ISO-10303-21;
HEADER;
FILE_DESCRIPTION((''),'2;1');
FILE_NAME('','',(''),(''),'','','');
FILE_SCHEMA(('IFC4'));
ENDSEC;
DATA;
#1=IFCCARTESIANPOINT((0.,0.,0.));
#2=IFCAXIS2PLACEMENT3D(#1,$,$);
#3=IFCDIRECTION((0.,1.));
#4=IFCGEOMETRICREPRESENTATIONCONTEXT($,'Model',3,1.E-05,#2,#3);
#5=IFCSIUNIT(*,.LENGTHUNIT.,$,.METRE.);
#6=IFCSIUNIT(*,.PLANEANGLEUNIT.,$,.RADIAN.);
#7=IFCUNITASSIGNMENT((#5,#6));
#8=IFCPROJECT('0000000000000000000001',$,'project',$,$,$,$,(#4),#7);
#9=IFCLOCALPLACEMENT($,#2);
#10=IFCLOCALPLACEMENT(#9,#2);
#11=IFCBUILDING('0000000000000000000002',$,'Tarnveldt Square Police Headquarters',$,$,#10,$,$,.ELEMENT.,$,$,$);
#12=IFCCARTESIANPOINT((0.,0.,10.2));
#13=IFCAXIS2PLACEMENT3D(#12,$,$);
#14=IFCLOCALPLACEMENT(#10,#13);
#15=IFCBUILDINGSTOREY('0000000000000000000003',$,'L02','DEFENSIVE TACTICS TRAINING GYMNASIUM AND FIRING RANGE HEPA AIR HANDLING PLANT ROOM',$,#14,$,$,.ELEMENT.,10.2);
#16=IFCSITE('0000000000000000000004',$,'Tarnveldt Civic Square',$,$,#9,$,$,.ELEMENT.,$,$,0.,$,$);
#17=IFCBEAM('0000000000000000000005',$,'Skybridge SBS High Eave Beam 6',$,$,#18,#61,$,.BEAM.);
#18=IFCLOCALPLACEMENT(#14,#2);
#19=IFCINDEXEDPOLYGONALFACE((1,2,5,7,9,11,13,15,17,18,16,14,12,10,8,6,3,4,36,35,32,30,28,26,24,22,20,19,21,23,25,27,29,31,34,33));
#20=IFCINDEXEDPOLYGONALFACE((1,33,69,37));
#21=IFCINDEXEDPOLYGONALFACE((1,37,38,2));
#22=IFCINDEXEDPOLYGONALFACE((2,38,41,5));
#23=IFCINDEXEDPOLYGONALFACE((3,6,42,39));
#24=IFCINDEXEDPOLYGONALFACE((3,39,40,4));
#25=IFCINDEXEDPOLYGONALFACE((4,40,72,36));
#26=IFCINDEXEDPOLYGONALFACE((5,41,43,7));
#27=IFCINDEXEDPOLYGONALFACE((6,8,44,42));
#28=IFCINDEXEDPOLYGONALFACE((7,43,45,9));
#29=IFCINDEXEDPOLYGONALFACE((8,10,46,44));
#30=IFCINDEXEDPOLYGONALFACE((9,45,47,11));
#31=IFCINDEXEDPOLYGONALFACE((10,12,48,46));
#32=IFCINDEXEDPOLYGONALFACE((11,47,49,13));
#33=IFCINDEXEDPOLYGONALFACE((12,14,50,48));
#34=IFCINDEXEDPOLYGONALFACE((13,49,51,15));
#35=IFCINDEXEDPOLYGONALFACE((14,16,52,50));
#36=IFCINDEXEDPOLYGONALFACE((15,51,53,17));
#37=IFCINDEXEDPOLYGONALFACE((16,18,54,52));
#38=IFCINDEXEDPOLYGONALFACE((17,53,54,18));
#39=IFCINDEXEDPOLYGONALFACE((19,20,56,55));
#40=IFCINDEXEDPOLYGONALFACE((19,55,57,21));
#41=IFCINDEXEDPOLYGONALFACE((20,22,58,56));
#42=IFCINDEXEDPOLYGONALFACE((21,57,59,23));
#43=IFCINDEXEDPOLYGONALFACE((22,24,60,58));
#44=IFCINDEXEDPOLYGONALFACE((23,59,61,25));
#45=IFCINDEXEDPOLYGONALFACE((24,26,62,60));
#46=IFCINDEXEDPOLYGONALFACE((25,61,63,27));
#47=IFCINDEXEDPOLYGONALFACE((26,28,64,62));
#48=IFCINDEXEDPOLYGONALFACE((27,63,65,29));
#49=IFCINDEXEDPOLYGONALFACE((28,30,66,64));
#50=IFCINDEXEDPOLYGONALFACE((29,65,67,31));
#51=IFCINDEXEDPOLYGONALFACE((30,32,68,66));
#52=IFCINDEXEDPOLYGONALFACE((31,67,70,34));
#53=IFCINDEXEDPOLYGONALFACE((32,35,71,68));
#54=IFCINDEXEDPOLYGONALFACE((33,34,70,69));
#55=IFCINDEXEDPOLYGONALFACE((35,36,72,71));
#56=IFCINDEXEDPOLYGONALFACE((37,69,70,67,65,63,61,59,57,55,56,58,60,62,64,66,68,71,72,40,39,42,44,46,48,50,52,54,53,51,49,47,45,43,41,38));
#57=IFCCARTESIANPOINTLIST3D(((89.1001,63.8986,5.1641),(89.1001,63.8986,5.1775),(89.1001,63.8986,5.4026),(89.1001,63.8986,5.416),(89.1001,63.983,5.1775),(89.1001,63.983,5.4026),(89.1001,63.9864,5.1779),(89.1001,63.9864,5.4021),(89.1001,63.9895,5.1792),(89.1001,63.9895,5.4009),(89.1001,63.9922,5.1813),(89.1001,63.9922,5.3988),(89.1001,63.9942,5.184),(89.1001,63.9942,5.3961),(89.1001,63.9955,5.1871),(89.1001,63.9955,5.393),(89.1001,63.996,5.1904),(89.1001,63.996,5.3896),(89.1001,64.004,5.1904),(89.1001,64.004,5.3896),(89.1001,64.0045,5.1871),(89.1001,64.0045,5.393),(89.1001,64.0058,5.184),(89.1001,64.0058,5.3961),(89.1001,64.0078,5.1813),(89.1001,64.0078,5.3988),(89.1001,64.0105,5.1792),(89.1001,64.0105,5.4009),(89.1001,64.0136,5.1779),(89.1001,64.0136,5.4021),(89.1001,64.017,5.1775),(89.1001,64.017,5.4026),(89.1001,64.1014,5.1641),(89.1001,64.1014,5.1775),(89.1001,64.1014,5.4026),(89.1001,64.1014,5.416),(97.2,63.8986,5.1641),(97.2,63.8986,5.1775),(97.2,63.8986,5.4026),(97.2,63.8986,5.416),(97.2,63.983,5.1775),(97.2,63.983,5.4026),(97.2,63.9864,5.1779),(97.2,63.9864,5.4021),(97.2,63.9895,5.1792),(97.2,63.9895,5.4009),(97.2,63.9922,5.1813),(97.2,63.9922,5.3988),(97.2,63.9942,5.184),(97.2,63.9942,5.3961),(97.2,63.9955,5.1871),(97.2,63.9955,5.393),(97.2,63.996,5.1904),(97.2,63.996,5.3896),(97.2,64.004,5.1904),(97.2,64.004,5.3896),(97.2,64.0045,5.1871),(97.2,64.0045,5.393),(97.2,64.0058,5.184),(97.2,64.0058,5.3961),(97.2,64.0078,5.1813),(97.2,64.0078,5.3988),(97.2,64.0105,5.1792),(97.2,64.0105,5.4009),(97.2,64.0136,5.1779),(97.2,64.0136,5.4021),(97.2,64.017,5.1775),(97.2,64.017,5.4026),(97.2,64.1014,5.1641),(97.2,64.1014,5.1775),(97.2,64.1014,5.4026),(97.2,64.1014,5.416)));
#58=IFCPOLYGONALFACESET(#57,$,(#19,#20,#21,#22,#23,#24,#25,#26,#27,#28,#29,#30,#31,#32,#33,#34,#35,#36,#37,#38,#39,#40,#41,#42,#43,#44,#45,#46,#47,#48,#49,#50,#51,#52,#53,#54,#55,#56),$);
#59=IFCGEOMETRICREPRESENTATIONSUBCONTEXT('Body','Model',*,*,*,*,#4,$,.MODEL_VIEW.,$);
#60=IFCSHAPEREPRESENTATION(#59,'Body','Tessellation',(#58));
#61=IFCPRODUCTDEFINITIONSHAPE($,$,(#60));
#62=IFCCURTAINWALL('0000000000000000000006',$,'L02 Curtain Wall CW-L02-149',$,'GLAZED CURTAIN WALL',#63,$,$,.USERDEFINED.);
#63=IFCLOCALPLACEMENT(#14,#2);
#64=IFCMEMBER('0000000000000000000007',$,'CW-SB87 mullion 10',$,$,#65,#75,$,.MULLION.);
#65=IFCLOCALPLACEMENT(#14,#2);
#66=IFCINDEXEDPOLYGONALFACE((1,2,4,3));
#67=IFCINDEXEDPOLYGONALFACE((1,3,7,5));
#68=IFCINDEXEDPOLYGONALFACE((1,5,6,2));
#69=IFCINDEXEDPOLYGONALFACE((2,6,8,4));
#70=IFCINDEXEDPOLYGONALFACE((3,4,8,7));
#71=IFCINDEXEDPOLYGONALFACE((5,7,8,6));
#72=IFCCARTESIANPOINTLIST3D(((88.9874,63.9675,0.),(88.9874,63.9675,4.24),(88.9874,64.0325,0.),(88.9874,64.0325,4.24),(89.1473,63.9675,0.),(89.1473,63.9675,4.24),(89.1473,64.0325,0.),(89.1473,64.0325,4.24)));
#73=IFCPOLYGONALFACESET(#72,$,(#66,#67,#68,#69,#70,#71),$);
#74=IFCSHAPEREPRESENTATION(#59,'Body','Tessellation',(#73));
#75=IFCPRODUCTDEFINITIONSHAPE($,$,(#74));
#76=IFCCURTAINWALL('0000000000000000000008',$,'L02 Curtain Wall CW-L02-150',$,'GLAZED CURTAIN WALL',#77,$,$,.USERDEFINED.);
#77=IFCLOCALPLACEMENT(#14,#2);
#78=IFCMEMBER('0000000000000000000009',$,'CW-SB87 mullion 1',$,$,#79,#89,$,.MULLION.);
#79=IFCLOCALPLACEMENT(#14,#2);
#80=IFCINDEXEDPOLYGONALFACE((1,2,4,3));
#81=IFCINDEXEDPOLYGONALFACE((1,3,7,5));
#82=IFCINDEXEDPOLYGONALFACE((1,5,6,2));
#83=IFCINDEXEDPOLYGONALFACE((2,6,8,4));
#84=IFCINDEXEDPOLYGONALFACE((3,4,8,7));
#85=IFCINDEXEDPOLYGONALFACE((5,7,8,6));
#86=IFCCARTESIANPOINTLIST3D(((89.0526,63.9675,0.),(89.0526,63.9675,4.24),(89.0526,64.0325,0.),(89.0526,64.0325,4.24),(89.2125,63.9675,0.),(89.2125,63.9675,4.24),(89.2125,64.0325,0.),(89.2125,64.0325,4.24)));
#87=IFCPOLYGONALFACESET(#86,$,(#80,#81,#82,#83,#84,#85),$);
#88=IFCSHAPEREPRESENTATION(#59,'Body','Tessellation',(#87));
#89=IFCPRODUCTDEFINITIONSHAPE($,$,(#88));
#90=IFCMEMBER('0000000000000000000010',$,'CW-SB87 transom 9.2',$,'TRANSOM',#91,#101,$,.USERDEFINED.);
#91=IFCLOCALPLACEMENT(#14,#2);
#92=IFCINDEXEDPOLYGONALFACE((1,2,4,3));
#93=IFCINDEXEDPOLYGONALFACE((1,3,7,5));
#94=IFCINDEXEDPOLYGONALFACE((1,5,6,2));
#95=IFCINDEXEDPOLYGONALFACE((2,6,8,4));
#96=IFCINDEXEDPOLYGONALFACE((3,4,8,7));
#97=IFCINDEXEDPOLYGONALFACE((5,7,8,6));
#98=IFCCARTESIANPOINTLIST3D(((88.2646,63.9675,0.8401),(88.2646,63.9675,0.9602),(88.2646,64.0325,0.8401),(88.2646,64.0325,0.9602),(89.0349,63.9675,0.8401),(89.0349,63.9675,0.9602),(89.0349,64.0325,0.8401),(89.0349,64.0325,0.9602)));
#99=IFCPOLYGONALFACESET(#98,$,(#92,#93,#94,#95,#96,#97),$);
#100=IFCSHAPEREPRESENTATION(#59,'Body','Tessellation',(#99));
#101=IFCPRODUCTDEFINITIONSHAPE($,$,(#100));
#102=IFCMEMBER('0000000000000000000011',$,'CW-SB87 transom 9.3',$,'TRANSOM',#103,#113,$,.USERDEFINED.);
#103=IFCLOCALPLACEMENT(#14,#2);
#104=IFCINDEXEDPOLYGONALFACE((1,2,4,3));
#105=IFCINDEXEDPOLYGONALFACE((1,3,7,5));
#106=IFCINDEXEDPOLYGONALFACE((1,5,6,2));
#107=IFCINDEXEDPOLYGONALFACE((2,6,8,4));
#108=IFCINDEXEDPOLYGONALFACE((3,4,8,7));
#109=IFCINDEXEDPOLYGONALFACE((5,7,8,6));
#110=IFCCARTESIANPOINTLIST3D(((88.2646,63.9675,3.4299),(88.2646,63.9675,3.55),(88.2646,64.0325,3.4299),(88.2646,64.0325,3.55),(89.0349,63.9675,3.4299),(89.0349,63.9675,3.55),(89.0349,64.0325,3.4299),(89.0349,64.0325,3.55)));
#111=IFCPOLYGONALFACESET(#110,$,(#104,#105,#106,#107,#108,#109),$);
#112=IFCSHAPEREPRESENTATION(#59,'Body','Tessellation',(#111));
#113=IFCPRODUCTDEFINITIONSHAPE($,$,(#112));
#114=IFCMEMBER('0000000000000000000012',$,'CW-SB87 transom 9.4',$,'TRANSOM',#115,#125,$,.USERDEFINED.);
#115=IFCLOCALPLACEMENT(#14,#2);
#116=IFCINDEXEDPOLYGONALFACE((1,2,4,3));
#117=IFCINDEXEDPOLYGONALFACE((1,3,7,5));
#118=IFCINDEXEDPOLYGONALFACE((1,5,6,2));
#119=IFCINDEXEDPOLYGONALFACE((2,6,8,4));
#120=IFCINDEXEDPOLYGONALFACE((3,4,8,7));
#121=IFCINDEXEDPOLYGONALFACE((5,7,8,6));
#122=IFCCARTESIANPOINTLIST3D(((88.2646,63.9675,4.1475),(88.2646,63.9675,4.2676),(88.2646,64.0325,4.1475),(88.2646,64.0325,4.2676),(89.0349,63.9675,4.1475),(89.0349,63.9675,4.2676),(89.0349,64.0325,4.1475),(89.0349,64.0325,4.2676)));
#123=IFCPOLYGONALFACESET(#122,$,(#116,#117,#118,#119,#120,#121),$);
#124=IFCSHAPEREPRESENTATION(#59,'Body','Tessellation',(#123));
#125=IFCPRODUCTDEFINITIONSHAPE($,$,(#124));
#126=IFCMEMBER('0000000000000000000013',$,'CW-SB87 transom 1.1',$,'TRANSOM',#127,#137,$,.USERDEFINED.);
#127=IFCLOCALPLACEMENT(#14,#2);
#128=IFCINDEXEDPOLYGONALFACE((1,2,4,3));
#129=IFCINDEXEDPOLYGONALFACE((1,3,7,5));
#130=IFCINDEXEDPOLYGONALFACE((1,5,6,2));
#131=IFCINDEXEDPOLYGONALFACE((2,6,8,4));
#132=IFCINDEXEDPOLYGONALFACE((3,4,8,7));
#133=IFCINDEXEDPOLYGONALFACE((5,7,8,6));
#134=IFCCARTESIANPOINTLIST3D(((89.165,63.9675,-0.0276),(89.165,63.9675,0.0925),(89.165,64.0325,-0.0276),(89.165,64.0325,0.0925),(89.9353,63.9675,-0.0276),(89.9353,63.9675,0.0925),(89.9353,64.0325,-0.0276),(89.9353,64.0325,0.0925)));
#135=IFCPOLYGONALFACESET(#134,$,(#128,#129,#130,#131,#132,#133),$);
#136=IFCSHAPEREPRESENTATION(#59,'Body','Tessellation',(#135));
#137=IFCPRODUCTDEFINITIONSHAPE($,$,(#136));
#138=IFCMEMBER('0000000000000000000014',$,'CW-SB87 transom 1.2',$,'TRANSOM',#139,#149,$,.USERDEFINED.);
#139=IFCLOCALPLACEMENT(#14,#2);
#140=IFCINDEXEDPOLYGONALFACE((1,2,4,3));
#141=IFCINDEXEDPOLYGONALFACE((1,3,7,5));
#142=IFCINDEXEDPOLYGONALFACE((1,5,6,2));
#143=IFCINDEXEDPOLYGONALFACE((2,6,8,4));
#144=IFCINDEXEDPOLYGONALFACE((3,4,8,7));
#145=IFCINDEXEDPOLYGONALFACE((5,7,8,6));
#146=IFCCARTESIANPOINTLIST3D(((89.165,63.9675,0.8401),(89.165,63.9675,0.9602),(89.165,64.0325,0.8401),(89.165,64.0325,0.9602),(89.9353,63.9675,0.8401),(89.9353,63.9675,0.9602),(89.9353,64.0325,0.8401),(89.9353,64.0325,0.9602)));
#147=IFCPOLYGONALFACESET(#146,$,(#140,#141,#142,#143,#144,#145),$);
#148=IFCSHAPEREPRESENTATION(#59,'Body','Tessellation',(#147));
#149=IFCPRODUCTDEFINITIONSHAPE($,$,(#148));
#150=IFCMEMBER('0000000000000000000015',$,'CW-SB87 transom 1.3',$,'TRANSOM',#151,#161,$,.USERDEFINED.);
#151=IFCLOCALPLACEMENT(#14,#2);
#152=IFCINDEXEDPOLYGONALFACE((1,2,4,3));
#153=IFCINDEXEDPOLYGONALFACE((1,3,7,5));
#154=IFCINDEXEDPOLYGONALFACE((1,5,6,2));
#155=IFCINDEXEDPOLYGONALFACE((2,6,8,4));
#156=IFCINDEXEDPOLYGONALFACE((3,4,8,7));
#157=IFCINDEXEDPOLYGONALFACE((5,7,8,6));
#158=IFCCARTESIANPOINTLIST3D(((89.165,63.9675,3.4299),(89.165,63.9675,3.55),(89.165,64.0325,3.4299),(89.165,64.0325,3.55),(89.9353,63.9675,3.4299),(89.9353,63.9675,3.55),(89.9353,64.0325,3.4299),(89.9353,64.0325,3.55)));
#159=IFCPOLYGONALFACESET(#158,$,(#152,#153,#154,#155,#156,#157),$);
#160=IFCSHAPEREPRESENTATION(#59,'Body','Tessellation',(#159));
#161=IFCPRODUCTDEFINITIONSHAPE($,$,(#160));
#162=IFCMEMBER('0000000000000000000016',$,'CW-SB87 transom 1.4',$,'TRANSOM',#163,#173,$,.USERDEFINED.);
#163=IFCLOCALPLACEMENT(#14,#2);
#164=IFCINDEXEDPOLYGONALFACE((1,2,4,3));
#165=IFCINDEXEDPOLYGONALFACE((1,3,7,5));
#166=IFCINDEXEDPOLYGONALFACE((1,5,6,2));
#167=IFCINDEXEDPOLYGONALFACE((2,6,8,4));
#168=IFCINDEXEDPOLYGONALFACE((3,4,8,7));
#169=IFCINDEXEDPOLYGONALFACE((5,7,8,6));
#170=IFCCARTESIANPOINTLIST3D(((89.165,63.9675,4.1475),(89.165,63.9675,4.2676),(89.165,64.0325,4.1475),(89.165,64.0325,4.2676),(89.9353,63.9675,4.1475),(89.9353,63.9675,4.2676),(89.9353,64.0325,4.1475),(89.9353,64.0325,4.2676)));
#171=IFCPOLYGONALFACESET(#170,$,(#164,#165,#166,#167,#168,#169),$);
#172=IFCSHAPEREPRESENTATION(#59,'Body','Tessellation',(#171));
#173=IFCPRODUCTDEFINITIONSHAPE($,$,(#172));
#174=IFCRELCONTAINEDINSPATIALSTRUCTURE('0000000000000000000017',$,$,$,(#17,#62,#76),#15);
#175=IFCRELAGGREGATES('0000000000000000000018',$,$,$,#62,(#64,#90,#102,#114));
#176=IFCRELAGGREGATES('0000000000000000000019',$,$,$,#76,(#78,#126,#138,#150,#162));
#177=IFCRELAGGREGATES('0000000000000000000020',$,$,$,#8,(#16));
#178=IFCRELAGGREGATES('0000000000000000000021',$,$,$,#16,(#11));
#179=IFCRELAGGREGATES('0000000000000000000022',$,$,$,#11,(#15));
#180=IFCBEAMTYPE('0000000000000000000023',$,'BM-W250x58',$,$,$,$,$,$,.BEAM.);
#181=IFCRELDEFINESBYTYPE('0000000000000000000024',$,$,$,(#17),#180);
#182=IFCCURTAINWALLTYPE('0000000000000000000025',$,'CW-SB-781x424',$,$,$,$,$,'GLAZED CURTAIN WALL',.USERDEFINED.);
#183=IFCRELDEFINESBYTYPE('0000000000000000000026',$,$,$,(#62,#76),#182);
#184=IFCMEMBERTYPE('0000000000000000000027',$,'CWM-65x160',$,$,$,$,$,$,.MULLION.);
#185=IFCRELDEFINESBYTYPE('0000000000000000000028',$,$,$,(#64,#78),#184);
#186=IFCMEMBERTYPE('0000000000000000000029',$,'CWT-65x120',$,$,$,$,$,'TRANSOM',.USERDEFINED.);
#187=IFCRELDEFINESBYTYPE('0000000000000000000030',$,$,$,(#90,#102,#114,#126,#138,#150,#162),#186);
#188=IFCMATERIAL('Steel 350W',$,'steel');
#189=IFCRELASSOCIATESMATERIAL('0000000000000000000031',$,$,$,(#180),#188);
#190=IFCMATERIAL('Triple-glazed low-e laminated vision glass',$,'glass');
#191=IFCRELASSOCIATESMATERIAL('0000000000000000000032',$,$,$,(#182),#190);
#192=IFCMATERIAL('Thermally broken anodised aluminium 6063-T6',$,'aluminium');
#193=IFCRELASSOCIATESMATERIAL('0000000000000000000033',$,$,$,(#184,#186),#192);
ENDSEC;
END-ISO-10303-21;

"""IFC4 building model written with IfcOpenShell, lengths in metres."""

from ifc_helpers import new_model, si_unit, direction, frame, origin, origin_2d, place, context, subcontext, project, spatial, rectangle, i_section, extrude, material, material_profile, profile_set, type_object, element, aggregate, save


model = new_model("IFC4")

# Units and contexts
model_context = context("Model", 3, precision=1e-05, world=origin(), true_north=direction((0.0, 1.0)))
body_context = subcontext(model_context, "Body", "Model", "MODEL_VIEW")
ifc_project = project(units=[si_unit("LENGTHUNIT", "METRE"), si_unit("PLANEANGLEUNIT", "RADIAN")], contexts=[model_context])

# Site, building, storey
site_placement = place(None, origin())
site = spatial("IfcSite", under=ifc_project, at=site_placement, Name="Tarnveldt Civic Square", CompositionType="ELEMENT", RefElevation=0.0)
building_placement = place(site_placement, origin())
building = spatial("IfcBuilding", under=site, at=building_placement, Name="Tarnveldt Square Police Headquarters", CompositionType="ELEMENT")
storey_placement = place(building_placement, frame((0.0, 0.0, 10.2)))
storey = spatial("IfcBuildingStorey", under=building, at=storey_placement, Name="L02", Description="DEFENSIVE TACTICS TRAINING GYMNASIUM AND FIRING RANGE HEPA AIR HANDLING PLANT ROOM", CompositionType="ELEMENT", Elevation=10.2)

# Beam
ifc_material_1 = material(Name="Steel 350W", Category="steel")
ifc_material_profile_1 = material_profile(ifc_material_1, i_section(OverallWidth=0.2029, OverallDepth=0.252, WebThickness=0.0081, FlangeThickness=0.0134, FilletRadius=0.0129, at=origin_2d()), Name="W250x58")
ifc_profile_set_1 = profile_set([ifc_material_profile_1], Name="Steel 350W")
beam_type = type_object("IfcBeamType", Name="BM-W250x58", PredefinedType="BEAM", material=ifc_profile_set_1)
beam_placement = place(storey_placement, frame((89.1001, 64.0, 5.29), z_axis=(1.0, 0.0, 0.0), x_axis=(0.0, 1.0, 0.0)))
element("IfcBeam", 1, at=beam_placement, inside=storey, type_object=beam_type, Name="Skybridge SBS High Eave Beam 6", PredefinedType="BEAM", context=body_context, shape_type="SweptSolid", body=[
    extrude(i_section(OverallWidth=0.2029, OverallDepth=0.252, WebThickness=0.0081, FlangeThickness=0.0134, FilletRadius=0.0129, at=origin_2d()), origin(), (0.0, 0.0, 1.0), 8.0999),
])

# Curtain walls, members
ifc_material_2 = material(Name="Triple-glazed low-e laminated vision glass", Category="glass")
curtain_wall_type = type_object("IfcCurtainWallType", Name="CW-SB-781x424", ElementType="GLAZED CURTAIN WALL", PredefinedType="USERDEFINED", material=ifc_material_2)
curtain_wall_1_placement = place(storey_placement, origin())
curtain_wall_1 = element("IfcCurtainWall", 2, at=curtain_wall_1_placement, inside=storey, type_object=curtain_wall_type, Name="L02 Curtain Wall CW-L02-149", ObjectType="GLAZED CURTAIN WALL", PredefinedType="USERDEFINED")
ifc_material_3 = material(Name="Thermally broken anodised aluminium 6063-T6", Category="aluminium")
ifc_material_profile_2 = material_profile(ifc_material_3, rectangle(XDim=0.0649, YDim=0.1599, at=origin_2d()), Name="CW-M65x160")
ifc_profile_set_2 = profile_set([ifc_material_profile_2], Name="Thermally broken anodised aluminium 6063-T6")
member_type_1 = type_object("IfcMemberType", Name="CWM-65x160", PredefinedType="MULLION", material=ifc_profile_set_2)
member_1_placement = place(storey_placement, frame((89.0674, 64.0, 0.0), z_axis=(0.0, 0.0, 1.0), x_axis=(0.0, 1.0, 0.0)))
member_1 = element("IfcMember", 3, at=member_1_placement, type_object=member_type_1, Name="CW-SB87 mullion 10", PredefinedType="MULLION", context=body_context, shape_type="SweptSolid", body=[
    extrude(rectangle(XDim=0.0649, YDim=0.1599, at=origin_2d()), origin(), (0.0, 0.0, 1.0), 4.24),
])
curtain_wall_2_placement = place(storey_placement, origin())
curtain_wall_2 = element("IfcCurtainWall", 4, at=curtain_wall_2_placement, inside=storey, type_object=curtain_wall_type, Name="L02 Curtain Wall CW-L02-150", ObjectType="GLAZED CURTAIN WALL", PredefinedType="USERDEFINED")
member_2_placement = place(storey_placement, frame((89.1326, 64.0, 0.0), z_axis=(0.0, 0.0, 1.0), x_axis=(0.0, 1.0, 0.0)))
member_2 = element("IfcMember", 5, at=member_2_placement, type_object=member_type_1, Name="CW-SB87 mullion 1", PredefinedType="MULLION", context=body_context, shape_type="SweptSolid", body=[
    extrude(rectangle(XDim=0.0649, YDim=0.1599, at=origin_2d()), origin(), (0.0, 0.0, 1.0), 4.24),
])

# Members
ifc_material_profile_3 = material_profile(ifc_material_3, rectangle(XDim=0.0649, YDim=0.1201, at=origin_2d()), Name="CW-T65x120")
ifc_profile_set_3 = profile_set([ifc_material_profile_3], Name="Thermally broken anodised aluminium 6063-T6")
member_type_2 = type_object("IfcMemberType", Name="CWT-65x120", ElementType="TRANSOM", PredefinedType="USERDEFINED", material=ifc_profile_set_3)
member_3_placement = place(storey_placement, frame((88.2646, 64.0, 0.9001), z_axis=(1.0, 0.0, 0.0), x_axis=(0.0, 1.0, 0.0)))
member_3 = element("IfcMember", 6, at=member_3_placement, type_object=member_type_2, Name="CW-SB87 transom 9.2", ObjectType="TRANSOM", PredefinedType="USERDEFINED", context=body_context, shape_type="SweptSolid", body=[
    extrude(rectangle(XDim=0.0649, YDim=0.1201, at=origin_2d()), origin(), (0.0, 0.0, 1.0), 0.7703),
])
member_4_placement = place(storey_placement, frame((88.2646, 64.0, 3.49), z_axis=(1.0, 0.0, 0.0), x_axis=(0.0, 1.0, 0.0)))
member_4 = element("IfcMember", 7, at=member_4_placement, type_object=member_type_2, Name="CW-SB87 transom 9.3", ObjectType="TRANSOM", PredefinedType="USERDEFINED", context=body_context, shape_type="SweptSolid", body=[
    extrude(rectangle(XDim=0.0649, YDim=0.1201, at=origin_2d()), origin(), (0.0, 0.0, 1.0), 0.7703),
])
member_5_placement = place(storey_placement, frame((88.2646, 64.0, 4.2075), z_axis=(1.0, 0.0, 0.0), x_axis=(0.0, 1.0, 0.0)))
member_5 = element("IfcMember", 8, at=member_5_placement, type_object=member_type_2, Name="CW-SB87 transom 9.4", ObjectType="TRANSOM", PredefinedType="USERDEFINED", context=body_context, shape_type="SweptSolid", body=[
    extrude(rectangle(XDim=0.0649, YDim=0.1201, at=origin_2d()), origin(), (0.0, 0.0, 1.0), 0.7703),
])
member_6_placement = place(storey_placement, frame((89.165, 64.0, 0.0325), z_axis=(1.0, 0.0, 0.0), x_axis=(0.0, 1.0, 0.0)))
member_6 = element("IfcMember", 9, at=member_6_placement, type_object=member_type_2, Name="CW-SB87 transom 1.1", ObjectType="TRANSOM", PredefinedType="USERDEFINED", context=body_context, shape_type="SweptSolid", body=[
    extrude(rectangle(XDim=0.0649, YDim=0.1201, at=origin_2d()), origin(), (0.0, 0.0, 1.0), 0.7703),
])
member_7_placement = place(storey_placement, frame((89.165, 64.0, 0.9001), z_axis=(1.0, 0.0, 0.0), x_axis=(0.0, 1.0, 0.0)))
member_7 = element("IfcMember", 10, at=member_7_placement, type_object=member_type_2, Name="CW-SB87 transom 1.2", ObjectType="TRANSOM", PredefinedType="USERDEFINED", context=body_context, shape_type="SweptSolid", body=[
    extrude(rectangle(XDim=0.0649, YDim=0.1201, at=origin_2d()), origin(), (0.0, 0.0, 1.0), 0.7703),
])
member_8_placement = place(storey_placement, frame((89.165, 64.0, 3.49), z_axis=(1.0, 0.0, 0.0), x_axis=(0.0, 1.0, 0.0)))
member_8 = element("IfcMember", 11, at=member_8_placement, type_object=member_type_2, Name="CW-SB87 transom 1.3", ObjectType="TRANSOM", PredefinedType="USERDEFINED", context=body_context, shape_type="SweptSolid", body=[
    extrude(rectangle(XDim=0.0649, YDim=0.1201, at=origin_2d()), origin(), (0.0, 0.0, 1.0), 0.7703),
])
member_9_placement = place(storey_placement, frame((89.165, 64.0, 4.2075), z_axis=(1.0, 0.0, 0.0), x_axis=(0.0, 1.0, 0.0)))
member_9 = element("IfcMember", 12, at=member_9_placement, type_object=member_type_2, Name="CW-SB87 transom 1.4", ObjectType="TRANSOM", PredefinedType="USERDEFINED", context=body_context, shape_type="SweptSolid", body=[
    extrude(rectangle(XDim=0.0649, YDim=0.1201, at=origin_2d()), origin(), (0.0, 0.0, 1.0), 0.7703),
])

aggregate(curtain_wall_1, [member_1, member_3, member_4, member_5])
aggregate(curtain_wall_2, [member_2, member_6, member_7, member_8, member_9])

save(model, "model.ifc")
